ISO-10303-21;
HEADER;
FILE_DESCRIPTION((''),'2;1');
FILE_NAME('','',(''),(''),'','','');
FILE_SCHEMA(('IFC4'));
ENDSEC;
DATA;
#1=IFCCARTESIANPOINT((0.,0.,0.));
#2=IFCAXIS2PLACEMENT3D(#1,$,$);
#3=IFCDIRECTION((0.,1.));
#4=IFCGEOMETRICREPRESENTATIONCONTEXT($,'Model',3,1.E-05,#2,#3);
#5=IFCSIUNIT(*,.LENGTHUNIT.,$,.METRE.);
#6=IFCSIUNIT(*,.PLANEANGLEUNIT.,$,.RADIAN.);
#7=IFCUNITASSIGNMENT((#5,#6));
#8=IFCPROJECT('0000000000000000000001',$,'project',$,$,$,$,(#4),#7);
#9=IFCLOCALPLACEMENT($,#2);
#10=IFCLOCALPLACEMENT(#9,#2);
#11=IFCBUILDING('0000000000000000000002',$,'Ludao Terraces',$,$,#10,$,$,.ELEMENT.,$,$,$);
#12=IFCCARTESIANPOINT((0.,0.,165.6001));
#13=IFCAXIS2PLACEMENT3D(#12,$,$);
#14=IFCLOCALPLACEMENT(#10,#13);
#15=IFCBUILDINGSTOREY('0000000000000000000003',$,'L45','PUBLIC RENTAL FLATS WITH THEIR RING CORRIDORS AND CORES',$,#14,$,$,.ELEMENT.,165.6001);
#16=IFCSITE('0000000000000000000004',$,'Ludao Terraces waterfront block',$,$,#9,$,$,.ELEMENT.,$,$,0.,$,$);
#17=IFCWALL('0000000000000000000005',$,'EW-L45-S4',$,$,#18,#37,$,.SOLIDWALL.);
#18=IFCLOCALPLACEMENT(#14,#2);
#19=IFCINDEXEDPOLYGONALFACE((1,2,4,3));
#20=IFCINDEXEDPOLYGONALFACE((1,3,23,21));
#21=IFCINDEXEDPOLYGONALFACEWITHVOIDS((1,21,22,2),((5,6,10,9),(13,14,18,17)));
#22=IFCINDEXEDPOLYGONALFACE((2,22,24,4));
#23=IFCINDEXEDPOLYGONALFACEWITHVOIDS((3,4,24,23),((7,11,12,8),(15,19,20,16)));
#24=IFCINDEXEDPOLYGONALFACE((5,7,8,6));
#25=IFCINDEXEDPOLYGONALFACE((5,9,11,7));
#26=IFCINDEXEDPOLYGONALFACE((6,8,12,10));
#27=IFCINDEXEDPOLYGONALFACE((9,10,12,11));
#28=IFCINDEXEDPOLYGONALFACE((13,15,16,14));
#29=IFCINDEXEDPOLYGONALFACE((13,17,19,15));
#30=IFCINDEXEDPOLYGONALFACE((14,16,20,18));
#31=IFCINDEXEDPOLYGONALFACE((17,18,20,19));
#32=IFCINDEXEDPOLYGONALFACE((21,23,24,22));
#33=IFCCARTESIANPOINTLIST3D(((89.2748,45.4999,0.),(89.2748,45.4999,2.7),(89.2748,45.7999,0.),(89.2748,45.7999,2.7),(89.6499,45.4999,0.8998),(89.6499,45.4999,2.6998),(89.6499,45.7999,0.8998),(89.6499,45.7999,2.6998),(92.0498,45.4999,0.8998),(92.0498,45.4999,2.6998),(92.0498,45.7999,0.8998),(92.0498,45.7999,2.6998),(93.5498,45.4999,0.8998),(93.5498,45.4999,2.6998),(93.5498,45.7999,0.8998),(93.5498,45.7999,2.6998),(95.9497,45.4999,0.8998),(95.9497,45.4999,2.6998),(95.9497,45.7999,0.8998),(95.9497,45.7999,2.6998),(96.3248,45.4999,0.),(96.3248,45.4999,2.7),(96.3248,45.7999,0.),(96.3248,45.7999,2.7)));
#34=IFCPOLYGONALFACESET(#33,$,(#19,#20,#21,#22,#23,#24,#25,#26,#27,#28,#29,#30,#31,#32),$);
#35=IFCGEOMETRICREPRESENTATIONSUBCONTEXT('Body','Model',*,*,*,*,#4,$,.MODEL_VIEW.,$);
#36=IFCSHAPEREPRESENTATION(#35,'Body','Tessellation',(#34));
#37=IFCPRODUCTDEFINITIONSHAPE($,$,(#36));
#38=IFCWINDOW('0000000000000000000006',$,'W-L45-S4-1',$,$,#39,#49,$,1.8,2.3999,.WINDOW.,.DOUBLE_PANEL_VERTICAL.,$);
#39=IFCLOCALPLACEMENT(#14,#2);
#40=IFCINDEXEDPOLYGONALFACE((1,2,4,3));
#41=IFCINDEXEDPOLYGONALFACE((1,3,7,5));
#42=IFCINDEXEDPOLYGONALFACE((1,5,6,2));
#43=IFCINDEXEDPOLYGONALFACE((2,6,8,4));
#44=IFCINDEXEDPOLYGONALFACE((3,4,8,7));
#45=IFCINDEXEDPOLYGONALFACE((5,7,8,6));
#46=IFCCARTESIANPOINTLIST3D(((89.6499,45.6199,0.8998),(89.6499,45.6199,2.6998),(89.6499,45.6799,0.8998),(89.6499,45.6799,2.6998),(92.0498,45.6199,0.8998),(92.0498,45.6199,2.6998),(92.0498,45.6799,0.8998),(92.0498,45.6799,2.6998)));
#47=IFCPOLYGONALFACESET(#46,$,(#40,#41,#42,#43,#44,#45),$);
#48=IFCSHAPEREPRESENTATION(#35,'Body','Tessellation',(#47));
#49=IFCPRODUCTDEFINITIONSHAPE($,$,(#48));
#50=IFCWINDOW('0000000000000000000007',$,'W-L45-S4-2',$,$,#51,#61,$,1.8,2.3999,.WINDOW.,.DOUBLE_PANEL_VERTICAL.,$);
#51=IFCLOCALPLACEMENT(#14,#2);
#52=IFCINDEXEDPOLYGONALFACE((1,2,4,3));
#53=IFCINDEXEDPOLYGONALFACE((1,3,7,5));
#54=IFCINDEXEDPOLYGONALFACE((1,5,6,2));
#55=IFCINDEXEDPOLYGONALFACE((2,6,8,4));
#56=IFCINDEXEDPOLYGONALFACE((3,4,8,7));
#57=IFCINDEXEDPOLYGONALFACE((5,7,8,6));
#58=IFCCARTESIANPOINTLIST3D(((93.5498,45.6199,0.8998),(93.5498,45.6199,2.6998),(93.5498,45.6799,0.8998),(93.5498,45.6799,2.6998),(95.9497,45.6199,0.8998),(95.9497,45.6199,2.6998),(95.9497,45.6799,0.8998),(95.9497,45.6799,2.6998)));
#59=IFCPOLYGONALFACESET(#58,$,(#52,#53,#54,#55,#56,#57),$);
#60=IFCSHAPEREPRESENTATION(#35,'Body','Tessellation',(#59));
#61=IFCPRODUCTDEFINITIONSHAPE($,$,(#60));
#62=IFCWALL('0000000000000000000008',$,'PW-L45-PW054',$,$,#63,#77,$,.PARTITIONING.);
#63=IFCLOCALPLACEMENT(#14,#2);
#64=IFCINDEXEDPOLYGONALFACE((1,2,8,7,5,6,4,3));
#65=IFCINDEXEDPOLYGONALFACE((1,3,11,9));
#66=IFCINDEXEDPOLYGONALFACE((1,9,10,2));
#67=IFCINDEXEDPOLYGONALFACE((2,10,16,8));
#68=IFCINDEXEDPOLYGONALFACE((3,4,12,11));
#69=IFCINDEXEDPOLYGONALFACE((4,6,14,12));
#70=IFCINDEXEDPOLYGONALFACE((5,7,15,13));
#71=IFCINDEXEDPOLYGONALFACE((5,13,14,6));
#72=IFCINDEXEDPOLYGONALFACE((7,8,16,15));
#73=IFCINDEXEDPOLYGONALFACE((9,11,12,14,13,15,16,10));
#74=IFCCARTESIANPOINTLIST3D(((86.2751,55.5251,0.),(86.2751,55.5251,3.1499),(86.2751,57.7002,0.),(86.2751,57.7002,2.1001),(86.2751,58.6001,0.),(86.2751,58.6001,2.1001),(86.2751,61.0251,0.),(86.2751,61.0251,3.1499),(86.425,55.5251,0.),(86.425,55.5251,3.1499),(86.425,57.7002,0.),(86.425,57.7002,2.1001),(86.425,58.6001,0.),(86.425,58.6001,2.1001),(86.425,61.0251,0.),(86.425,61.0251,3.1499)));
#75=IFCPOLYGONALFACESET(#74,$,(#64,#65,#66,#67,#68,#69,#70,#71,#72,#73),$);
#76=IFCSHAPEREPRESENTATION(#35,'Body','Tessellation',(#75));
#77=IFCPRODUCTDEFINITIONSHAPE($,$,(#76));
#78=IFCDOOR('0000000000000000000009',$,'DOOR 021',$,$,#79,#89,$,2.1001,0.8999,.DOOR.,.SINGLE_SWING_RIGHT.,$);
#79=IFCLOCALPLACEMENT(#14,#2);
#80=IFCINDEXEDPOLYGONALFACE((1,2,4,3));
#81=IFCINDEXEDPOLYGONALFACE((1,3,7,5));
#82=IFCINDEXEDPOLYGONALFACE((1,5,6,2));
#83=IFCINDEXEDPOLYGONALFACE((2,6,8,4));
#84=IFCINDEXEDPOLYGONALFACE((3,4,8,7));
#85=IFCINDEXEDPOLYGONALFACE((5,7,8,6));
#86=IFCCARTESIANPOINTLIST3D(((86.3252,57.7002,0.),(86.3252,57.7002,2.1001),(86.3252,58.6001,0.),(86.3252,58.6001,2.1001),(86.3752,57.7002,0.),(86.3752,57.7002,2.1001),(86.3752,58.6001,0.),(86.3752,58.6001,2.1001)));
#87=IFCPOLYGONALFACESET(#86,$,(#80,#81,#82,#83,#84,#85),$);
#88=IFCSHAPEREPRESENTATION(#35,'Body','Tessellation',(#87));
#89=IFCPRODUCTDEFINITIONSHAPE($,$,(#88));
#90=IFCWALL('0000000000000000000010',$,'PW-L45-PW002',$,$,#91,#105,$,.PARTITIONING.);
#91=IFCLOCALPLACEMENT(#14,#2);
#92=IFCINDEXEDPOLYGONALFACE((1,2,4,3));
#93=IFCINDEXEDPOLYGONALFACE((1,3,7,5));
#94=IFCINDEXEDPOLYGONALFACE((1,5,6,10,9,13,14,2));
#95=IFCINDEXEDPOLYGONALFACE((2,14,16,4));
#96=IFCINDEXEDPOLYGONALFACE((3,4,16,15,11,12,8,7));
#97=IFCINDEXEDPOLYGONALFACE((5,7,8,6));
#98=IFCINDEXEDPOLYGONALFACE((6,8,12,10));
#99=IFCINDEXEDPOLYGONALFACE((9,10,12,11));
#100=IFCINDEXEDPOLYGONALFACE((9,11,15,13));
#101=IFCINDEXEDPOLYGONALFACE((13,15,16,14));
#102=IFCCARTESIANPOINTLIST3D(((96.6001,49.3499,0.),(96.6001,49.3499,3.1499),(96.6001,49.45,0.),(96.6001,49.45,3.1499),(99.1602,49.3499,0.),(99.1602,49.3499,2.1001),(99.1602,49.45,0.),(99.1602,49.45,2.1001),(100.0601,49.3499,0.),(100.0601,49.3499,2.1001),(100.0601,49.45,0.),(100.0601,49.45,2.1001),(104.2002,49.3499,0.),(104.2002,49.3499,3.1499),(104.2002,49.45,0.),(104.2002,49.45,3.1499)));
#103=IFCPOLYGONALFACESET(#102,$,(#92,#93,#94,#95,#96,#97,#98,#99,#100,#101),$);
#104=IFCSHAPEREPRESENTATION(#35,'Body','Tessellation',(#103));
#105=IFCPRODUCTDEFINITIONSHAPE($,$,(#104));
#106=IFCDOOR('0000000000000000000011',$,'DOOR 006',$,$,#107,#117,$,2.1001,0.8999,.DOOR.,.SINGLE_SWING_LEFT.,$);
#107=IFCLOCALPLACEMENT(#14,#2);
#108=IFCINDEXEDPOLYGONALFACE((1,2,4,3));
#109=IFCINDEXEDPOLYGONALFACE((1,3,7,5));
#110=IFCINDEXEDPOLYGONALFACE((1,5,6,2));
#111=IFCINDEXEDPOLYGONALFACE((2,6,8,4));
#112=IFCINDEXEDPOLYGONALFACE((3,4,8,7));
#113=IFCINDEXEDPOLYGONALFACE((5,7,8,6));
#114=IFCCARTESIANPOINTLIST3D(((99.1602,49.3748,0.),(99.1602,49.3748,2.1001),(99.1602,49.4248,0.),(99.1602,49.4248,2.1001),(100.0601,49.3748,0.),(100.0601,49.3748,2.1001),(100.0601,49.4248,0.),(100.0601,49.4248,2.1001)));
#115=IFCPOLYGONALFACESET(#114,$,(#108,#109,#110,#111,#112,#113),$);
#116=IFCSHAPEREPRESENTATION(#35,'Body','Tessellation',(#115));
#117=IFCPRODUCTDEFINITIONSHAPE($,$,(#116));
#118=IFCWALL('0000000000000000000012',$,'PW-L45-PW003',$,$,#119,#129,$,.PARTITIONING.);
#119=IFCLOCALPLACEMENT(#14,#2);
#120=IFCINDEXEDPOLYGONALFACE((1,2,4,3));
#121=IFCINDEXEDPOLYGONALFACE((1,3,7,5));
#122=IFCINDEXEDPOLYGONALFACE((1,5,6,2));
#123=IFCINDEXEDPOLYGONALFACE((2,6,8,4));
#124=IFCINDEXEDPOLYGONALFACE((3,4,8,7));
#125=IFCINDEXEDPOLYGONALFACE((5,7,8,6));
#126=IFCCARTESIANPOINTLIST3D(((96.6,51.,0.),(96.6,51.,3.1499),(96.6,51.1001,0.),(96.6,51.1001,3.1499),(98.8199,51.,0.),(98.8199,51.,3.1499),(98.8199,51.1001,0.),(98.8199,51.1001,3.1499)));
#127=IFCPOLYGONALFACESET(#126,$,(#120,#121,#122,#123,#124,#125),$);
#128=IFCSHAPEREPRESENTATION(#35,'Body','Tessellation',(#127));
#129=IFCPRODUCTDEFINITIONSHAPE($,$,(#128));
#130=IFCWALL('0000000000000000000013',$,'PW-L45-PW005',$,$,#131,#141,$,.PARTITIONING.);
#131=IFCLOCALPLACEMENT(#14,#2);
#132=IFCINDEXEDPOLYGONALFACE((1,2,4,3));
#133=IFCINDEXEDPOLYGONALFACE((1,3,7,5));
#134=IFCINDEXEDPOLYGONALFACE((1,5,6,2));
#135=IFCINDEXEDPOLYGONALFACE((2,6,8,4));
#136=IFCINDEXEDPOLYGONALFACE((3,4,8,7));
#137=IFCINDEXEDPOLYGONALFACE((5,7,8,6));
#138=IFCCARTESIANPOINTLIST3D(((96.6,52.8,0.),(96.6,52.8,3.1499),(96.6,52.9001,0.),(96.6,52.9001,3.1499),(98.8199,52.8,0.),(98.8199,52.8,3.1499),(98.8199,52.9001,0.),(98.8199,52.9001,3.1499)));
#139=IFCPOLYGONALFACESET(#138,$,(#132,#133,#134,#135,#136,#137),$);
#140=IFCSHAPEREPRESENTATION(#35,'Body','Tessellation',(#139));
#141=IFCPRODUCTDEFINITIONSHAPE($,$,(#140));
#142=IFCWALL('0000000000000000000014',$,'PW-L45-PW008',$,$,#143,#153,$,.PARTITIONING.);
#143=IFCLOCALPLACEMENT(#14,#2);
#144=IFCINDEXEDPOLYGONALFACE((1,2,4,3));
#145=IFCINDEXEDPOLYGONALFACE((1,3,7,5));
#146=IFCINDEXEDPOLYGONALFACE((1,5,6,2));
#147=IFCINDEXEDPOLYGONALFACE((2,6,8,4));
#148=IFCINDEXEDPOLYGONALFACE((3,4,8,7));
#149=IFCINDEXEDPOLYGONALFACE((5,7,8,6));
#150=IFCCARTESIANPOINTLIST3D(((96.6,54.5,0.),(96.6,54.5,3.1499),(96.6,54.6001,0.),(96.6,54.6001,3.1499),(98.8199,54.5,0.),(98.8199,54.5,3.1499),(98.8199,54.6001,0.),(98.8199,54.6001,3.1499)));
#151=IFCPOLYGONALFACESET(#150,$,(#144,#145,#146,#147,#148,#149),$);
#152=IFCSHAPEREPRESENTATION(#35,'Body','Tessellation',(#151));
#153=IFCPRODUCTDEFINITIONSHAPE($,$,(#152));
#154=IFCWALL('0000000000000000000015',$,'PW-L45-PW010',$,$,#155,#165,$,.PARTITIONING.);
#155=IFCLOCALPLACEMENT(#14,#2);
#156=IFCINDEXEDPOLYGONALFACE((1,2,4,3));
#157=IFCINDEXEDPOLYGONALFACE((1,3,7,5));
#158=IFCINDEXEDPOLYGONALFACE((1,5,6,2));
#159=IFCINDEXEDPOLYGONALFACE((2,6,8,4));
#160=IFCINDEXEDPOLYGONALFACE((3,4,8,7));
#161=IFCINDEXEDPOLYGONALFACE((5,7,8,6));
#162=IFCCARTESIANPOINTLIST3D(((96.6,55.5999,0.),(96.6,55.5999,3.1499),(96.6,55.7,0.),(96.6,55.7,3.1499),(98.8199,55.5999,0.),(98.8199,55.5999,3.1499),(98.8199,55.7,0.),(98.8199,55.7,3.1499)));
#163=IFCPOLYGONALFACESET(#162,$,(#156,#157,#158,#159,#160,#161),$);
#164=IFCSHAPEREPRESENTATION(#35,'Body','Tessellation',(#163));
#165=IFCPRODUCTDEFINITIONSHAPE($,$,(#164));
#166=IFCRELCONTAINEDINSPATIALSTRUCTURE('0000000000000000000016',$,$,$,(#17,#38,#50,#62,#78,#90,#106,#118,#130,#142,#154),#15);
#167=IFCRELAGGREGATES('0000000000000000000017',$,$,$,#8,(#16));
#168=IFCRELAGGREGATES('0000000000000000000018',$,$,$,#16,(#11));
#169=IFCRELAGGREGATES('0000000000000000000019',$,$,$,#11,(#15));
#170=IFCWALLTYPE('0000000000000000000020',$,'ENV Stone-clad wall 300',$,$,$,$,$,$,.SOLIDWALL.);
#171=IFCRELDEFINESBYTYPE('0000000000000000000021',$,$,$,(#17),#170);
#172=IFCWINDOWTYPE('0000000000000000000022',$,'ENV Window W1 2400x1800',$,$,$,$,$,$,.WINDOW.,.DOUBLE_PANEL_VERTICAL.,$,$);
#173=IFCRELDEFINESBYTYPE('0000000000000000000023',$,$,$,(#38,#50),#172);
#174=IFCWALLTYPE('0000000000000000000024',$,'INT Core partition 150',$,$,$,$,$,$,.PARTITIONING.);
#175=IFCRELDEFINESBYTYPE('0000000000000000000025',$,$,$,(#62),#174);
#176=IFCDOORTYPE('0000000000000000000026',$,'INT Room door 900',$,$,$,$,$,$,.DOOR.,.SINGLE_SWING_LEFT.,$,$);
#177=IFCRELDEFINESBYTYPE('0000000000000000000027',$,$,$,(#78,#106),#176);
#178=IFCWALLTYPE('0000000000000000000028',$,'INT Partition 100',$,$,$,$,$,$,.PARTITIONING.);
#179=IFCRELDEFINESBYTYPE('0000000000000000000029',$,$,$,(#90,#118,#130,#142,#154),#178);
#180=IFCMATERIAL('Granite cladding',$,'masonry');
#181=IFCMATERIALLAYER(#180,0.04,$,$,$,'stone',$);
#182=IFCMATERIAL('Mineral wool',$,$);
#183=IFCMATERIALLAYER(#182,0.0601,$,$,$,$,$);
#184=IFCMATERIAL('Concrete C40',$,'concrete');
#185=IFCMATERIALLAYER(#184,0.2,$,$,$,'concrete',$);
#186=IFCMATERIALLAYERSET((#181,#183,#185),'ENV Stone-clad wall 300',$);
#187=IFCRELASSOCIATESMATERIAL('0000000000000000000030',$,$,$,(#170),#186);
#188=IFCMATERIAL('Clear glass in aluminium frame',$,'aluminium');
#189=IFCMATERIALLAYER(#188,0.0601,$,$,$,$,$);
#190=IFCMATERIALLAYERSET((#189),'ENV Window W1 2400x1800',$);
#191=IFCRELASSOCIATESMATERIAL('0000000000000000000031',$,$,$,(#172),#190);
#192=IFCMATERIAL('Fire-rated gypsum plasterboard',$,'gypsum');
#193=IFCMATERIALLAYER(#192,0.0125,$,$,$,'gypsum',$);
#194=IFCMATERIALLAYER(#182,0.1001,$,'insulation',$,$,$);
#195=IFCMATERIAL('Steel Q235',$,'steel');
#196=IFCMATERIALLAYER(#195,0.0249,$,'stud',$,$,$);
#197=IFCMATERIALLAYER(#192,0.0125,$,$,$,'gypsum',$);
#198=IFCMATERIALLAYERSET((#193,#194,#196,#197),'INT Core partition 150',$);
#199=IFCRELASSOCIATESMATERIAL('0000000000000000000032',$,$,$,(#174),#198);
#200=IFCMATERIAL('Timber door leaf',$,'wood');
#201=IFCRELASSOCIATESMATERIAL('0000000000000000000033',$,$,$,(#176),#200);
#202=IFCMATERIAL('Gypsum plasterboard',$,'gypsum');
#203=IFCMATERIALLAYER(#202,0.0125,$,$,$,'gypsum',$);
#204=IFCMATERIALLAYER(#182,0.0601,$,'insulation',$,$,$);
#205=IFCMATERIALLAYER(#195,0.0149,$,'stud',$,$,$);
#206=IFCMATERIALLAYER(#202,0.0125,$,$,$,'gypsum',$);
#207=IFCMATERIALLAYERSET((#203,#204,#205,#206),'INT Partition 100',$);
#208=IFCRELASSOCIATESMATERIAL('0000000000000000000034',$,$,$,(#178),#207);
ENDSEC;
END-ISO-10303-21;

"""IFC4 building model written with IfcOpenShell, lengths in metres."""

from ifc_helpers import new_model, si_unit, direction, frame, frame_2d, origin, place, context, subcontext, project, spatial, rectangle, extrude, material, layer, layer_set, type_object, element, fill, save


model = new_model("IFC4")

# Units and contexts
model_context = context("Model", 3, precision=1e-05, world=origin(), true_north=direction((0.0, 1.0)))
body_context = subcontext(model_context, "Body", "Model", "MODEL_VIEW")
ifc_project = project(units=[si_unit("LENGTHUNIT", "METRE"), si_unit("PLANEANGLEUNIT", "RADIAN")], contexts=[model_context])

# Site, building, storey
site_placement = place(None, origin())
site = spatial("IfcSite", under=ifc_project, at=site_placement, Name="Ludao Terraces waterfront block", CompositionType="ELEMENT", RefElevation=0.0)
building_placement = place(site_placement, origin())
building = spatial("IfcBuilding", under=site, at=building_placement, Name="Ludao Terraces", CompositionType="ELEMENT")
storey_placement = place(building_placement, frame((0.0, 0.0, 165.6001)))
storey = spatial("IfcBuildingStorey", under=building, at=storey_placement, Name="L45", Description="PUBLIC RENTAL FLATS WITH THEIR RING CORRIDORS AND CORES", CompositionType="ELEMENT", Elevation=165.6001)

# Shared definitions
ifc_material_1 = material(Name="Concrete C40", Category="concrete")

# Shared definitions
ifc_material_2 = material(Name="Steel Q235", Category="steel")

# Wall, openings, windows
ifc_material_3 = material(Name="Granite cladding", Category="masonry")
ifc_layer_1 = layer(ifc_material_3, 0.04, Category="stone")
ifc_material_4 = material(Name="Mineral wool")
ifc_layer_2 = layer(ifc_material_4, 0.0601)
ifc_layer_3 = layer(ifc_material_1, 0.2, Category="concrete")
ifc_layer_set_1 = layer_set([ifc_layer_1, ifc_layer_2, ifc_layer_3], Name="ENV Stone-clad wall 300")
wall_type_1 = type_object("IfcWallType", Name="ENV Stone-clad wall 300", PredefinedType="SOLIDWALL", material=ifc_layer_set_1)
wall_1_placement = place(storey_placement, frame((89.2749, 45.6499, 0.0), z_axis=(0.0, 0.0, 1.0), x_axis=(1.0, 0.0, 0.0)))
wall_1 = element("IfcWall", 1, at=wall_1_placement, inside=storey, type_object=wall_type_1, Name="EW-L45-S4", PredefinedType="SOLIDWALL", context=body_context, shape_type="SweptSolid", body=[
    extrude(rectangle(XDim=7.05, YDim=0.3, at=frame_2d((3.5249, 0.0))), origin(), (0.0, 0.0, 1.0), 2.7),
])
opening_1_placement = place(wall_1_placement, frame((0.375, 0.0, 0.8999)))
opening_1 = element("IfcOpeningElement", 2, at=opening_1_placement, cuts=wall_1, PredefinedType="OPENING", context=body_context, shape_type="SweptSolid", body=[
    extrude(rectangle(XDim=2.3999, YDim=1.8, at=frame_2d((1.2, 0.8999))), frame((0.0, 0.1602, 0.0), z_axis=(0.0, -1.0, 0.0), x_axis=(1.0, 0.0, 0.0)), (0.0, 0.0, 1.0), 0.3201),
])
opening_2_placement = place(wall_1_placement, frame((4.2749, 0.0, 0.8999)))
opening_2 = element("IfcOpeningElement", 3, at=opening_2_placement, cuts=wall_1, PredefinedType="OPENING", context=body_context, shape_type="SweptSolid", body=[
    extrude(rectangle(XDim=2.3999, YDim=1.8, at=frame_2d((1.2, 0.8999))), frame((0.0, 0.1602, 0.0), z_axis=(0.0, -1.0, 0.0), x_axis=(1.0, 0.0, 0.0)), (0.0, 0.0, 1.0), 0.3201),
])
ifc_material_5 = material(Name="Clear glass in aluminium frame", Category="aluminium")
ifc_layer_4 = layer(ifc_material_5, 0.0601)
ifc_layer_set_2 = layer_set([ifc_layer_4], Name="ENV Window W1 2400x1800")
window_type = type_object("IfcWindowType", Name="ENV Window W1 2400x1800", PartitioningType="DOUBLE_PANEL_VERTICAL", PredefinedType="WINDOW", material=ifc_layer_set_2)
window_1_placement = place(opening_1_placement, origin())
window_1 = element("IfcWindow", 4, at=window_1_placement, inside=storey, type_object=window_type, Name="W-L45-S4-1", OverallHeight=1.8, OverallWidth=2.3999, PartitioningType="DOUBLE_PANEL_VERTICAL", PredefinedType="WINDOW", context=body_context, shape_type="SweptSolid", body=[
    extrude(rectangle(XDim=2.3999, YDim=1.8, at=frame_2d((1.2, 0.8999))), frame((0.0, 0.03, 0.0), z_axis=(0.0, -1.0, 0.0), x_axis=(1.0, 0.0, 0.0)), (0.0, 0.0, 1.0), 0.0601),
])
fill(opening_1, window_1)
window_2_placement = place(opening_2_placement, origin())
window_2 = element("IfcWindow", 5, at=window_2_placement, inside=storey, type_object=window_type, Name="W-L45-S4-2", OverallHeight=1.8, OverallWidth=2.3999, PartitioningType="DOUBLE_PANEL_VERTICAL", PredefinedType="WINDOW", context=body_context, shape_type="SweptSolid", body=[
    extrude(rectangle(XDim=2.3999, YDim=1.8, at=frame_2d((1.2, 0.8999))), frame((0.0, 0.03, 0.0), z_axis=(0.0, -1.0, 0.0), x_axis=(1.0, 0.0, 0.0)), (0.0, 0.0, 1.0), 0.0601),
])
fill(opening_2, window_2)

# Walls, openings, doors
ifc_material_6 = material(Name="Fire-rated gypsum plasterboard", Category="gypsum")
ifc_layer_5 = layer(ifc_material_6, 0.0125, Category="gypsum")
ifc_layer_6 = layer(ifc_material_4, 0.1001, Name="insulation")
ifc_layer_7 = layer(ifc_material_2, 0.0249, Name="stud")
ifc_layer_8 = layer(ifc_material_6, 0.0125, Category="gypsum")
ifc_layer_set_3 = layer_set([ifc_layer_5, ifc_layer_6, ifc_layer_7, ifc_layer_8], Name="INT Core partition 150")
wall_type_2 = type_object("IfcWallType", Name="INT Core partition 150", PredefinedType="PARTITIONING", material=ifc_layer_set_3)
wall_2_placement = place(storey_placement, frame((86.3501, 55.5251, 0.0), z_axis=(0.0, 0.0, 1.0), x_axis=(0.0, 1.0, 0.0)))
wall_2 = element("IfcWall", 6, at=wall_2_placement, inside=storey, type_object=wall_type_2, Name="PW-L45-PW054", PredefinedType="PARTITIONING", context=body_context, shape_type="SweptSolid", body=[
    extrude(rectangle(XDim=5.5, YDim=0.1499, at=frame_2d((2.75, 0.0))), origin(), (0.0, 0.0, 1.0), 3.1499),
])
opening_3_placement = place(wall_2_placement, frame((2.175, 0.0, 0.0)))
opening_3 = element("IfcOpeningElement", 7, at=opening_3_placement, cuts=wall_2, PredefinedType="OPENING", context=body_context, shape_type="SweptSolid", body=[
    extrude(rectangle(XDim=0.8999, YDim=2.1001, at=frame_2d((0.45, 1.05))), frame((0.0, 0.085, 0.0), z_axis=(0.0, -1.0, 0.0), x_axis=(1.0, 0.0, 0.0)), (0.0, 0.0, 1.0), 0.1699),
])
ifc_material_7 = material(Name="Timber door leaf", Category="wood")
door_type_1 = type_object("IfcDoorType", Name="INT Room door 900", OperationType="SINGLE_SWING_LEFT", PredefinedType="DOOR", material=ifc_material_7)
door_1_placement = place(opening_3_placement, origin())
door_1 = element("IfcDoor", 8, at=door_1_placement, inside=storey, type_object=door_type_1, Name="DOOR 021", OperationType="SINGLE_SWING_RIGHT", OverallHeight=2.1001, OverallWidth=0.8999, PredefinedType="DOOR", context=body_context, shape_type="SweptSolid", body=[
    extrude(rectangle(XDim=0.8999, YDim=2.1001, at=frame_2d((0.45, 1.05))), frame((0.0, 0.0249, 0.0), z_axis=(0.0, -1.0, 0.0), x_axis=(1.0, 0.0, 0.0)), (0.0, 0.0, 1.0), 0.05),
])
fill(opening_3, door_1)
ifc_material_8 = material(Name="Gypsum plasterboard", Category="gypsum")
ifc_layer_9 = layer(ifc_material_8, 0.0125, Category="gypsum")
ifc_layer_10 = layer(ifc_material_4, 0.0601, Name="insulation")
ifc_layer_11 = layer(ifc_material_2, 0.0149, Name="stud")
ifc_layer_12 = layer(ifc_material_8, 0.0125, Category="gypsum")
ifc_layer_set_4 = layer_set([ifc_layer_9, ifc_layer_10, ifc_layer_11, ifc_layer_12], Name="INT Partition 100")
wall_type_3 = type_object("IfcWallType", Name="INT Partition 100", PredefinedType="PARTITIONING", material=ifc_layer_set_4)
wall_3_placement = place(storey_placement, frame((96.6001, 49.3999, 0.0), z_axis=(0.0, 0.0, 1.0), x_axis=(1.0, 0.0, 0.0)))
wall_3 = element("IfcWall", 9, at=wall_3_placement, inside=storey, type_object=wall_type_3, Name="PW-L45-PW002", PredefinedType="PARTITIONING", context=body_context, shape_type="SweptSolid", body=[
    extrude(rectangle(XDim=7.6001, YDim=0.1001, at=frame_2d((3.8, 0.0))), origin(), (0.0, 0.0, 1.0), 3.1499),
])
opening_4_placement = place(wall_3_placement, frame((2.5601, 0.0, 0.0)))
opening_4 = element("IfcOpeningElement", 10, at=opening_4_placement, cuts=wall_3, PredefinedType="OPENING", context=body_context, shape_type="SweptSolid", body=[
    extrude(rectangle(XDim=0.8999, YDim=2.1001, at=frame_2d((0.45, 1.05))), frame((0.0, 0.0601, 0.0), z_axis=(0.0, -1.0, 0.0), x_axis=(1.0, 0.0, 0.0)), (0.0, 0.0, 1.0), 0.1201),
])
door_2_placement = place(opening_4_placement, origin())
door_2 = element("IfcDoor", 11, at=door_2_placement, inside=storey, type_object=door_type_1, Name="DOOR 006", OperationType="SINGLE_SWING_LEFT", OverallHeight=2.1001, OverallWidth=0.8999, PredefinedType="DOOR", context=body_context, shape_type="SweptSolid", body=[
    extrude(rectangle(XDim=0.8999, YDim=2.1001, at=frame_2d((0.45, 1.05))), frame((0.0, 0.0249, 0.0), z_axis=(0.0, -1.0, 0.0), x_axis=(1.0, 0.0, 0.0)), (0.0, 0.0, 1.0), 0.05),
])
fill(opening_4, door_2)

# Walls
for number, where, z_axis, x_axis, name in (
    (12, (96.6001, 51.05, 0.0), (0.0, 0.0, 1.0), (1.0, 0.0, 0.0), "PW-L45-PW003"),
    (13, (96.6001, 52.8501, 0.0), (0.0, 0.0, 1.0), (1.0, 0.0, 0.0), "PW-L45-PW005"),
    (14, (96.6001, 54.55, 0.0), (0.0, 0.0, 1.0), (1.0, 0.0, 0.0), "PW-L45-PW008"),
    (15, (96.6001, 55.6499, 0.0), (0.0, 0.0, 1.0), (1.0, 0.0, 0.0), "PW-L45-PW010"),
):
    element("IfcWall", number, at=place(storey_placement, frame(where, z_axis=z_axis, x_axis=x_axis)), inside=storey, type_object=wall_type_3, Name=name, PredefinedType="PARTITIONING", context=body_context, shape_type="SweptSolid", body=[
        extrude(rectangle(XDim=2.22, YDim=0.1001, at=frame_2d((1.1099, 0.0))), origin(), (0.0, 0.0, 1.0), 3.1499),
    ])

save(model, "model.ifc")
